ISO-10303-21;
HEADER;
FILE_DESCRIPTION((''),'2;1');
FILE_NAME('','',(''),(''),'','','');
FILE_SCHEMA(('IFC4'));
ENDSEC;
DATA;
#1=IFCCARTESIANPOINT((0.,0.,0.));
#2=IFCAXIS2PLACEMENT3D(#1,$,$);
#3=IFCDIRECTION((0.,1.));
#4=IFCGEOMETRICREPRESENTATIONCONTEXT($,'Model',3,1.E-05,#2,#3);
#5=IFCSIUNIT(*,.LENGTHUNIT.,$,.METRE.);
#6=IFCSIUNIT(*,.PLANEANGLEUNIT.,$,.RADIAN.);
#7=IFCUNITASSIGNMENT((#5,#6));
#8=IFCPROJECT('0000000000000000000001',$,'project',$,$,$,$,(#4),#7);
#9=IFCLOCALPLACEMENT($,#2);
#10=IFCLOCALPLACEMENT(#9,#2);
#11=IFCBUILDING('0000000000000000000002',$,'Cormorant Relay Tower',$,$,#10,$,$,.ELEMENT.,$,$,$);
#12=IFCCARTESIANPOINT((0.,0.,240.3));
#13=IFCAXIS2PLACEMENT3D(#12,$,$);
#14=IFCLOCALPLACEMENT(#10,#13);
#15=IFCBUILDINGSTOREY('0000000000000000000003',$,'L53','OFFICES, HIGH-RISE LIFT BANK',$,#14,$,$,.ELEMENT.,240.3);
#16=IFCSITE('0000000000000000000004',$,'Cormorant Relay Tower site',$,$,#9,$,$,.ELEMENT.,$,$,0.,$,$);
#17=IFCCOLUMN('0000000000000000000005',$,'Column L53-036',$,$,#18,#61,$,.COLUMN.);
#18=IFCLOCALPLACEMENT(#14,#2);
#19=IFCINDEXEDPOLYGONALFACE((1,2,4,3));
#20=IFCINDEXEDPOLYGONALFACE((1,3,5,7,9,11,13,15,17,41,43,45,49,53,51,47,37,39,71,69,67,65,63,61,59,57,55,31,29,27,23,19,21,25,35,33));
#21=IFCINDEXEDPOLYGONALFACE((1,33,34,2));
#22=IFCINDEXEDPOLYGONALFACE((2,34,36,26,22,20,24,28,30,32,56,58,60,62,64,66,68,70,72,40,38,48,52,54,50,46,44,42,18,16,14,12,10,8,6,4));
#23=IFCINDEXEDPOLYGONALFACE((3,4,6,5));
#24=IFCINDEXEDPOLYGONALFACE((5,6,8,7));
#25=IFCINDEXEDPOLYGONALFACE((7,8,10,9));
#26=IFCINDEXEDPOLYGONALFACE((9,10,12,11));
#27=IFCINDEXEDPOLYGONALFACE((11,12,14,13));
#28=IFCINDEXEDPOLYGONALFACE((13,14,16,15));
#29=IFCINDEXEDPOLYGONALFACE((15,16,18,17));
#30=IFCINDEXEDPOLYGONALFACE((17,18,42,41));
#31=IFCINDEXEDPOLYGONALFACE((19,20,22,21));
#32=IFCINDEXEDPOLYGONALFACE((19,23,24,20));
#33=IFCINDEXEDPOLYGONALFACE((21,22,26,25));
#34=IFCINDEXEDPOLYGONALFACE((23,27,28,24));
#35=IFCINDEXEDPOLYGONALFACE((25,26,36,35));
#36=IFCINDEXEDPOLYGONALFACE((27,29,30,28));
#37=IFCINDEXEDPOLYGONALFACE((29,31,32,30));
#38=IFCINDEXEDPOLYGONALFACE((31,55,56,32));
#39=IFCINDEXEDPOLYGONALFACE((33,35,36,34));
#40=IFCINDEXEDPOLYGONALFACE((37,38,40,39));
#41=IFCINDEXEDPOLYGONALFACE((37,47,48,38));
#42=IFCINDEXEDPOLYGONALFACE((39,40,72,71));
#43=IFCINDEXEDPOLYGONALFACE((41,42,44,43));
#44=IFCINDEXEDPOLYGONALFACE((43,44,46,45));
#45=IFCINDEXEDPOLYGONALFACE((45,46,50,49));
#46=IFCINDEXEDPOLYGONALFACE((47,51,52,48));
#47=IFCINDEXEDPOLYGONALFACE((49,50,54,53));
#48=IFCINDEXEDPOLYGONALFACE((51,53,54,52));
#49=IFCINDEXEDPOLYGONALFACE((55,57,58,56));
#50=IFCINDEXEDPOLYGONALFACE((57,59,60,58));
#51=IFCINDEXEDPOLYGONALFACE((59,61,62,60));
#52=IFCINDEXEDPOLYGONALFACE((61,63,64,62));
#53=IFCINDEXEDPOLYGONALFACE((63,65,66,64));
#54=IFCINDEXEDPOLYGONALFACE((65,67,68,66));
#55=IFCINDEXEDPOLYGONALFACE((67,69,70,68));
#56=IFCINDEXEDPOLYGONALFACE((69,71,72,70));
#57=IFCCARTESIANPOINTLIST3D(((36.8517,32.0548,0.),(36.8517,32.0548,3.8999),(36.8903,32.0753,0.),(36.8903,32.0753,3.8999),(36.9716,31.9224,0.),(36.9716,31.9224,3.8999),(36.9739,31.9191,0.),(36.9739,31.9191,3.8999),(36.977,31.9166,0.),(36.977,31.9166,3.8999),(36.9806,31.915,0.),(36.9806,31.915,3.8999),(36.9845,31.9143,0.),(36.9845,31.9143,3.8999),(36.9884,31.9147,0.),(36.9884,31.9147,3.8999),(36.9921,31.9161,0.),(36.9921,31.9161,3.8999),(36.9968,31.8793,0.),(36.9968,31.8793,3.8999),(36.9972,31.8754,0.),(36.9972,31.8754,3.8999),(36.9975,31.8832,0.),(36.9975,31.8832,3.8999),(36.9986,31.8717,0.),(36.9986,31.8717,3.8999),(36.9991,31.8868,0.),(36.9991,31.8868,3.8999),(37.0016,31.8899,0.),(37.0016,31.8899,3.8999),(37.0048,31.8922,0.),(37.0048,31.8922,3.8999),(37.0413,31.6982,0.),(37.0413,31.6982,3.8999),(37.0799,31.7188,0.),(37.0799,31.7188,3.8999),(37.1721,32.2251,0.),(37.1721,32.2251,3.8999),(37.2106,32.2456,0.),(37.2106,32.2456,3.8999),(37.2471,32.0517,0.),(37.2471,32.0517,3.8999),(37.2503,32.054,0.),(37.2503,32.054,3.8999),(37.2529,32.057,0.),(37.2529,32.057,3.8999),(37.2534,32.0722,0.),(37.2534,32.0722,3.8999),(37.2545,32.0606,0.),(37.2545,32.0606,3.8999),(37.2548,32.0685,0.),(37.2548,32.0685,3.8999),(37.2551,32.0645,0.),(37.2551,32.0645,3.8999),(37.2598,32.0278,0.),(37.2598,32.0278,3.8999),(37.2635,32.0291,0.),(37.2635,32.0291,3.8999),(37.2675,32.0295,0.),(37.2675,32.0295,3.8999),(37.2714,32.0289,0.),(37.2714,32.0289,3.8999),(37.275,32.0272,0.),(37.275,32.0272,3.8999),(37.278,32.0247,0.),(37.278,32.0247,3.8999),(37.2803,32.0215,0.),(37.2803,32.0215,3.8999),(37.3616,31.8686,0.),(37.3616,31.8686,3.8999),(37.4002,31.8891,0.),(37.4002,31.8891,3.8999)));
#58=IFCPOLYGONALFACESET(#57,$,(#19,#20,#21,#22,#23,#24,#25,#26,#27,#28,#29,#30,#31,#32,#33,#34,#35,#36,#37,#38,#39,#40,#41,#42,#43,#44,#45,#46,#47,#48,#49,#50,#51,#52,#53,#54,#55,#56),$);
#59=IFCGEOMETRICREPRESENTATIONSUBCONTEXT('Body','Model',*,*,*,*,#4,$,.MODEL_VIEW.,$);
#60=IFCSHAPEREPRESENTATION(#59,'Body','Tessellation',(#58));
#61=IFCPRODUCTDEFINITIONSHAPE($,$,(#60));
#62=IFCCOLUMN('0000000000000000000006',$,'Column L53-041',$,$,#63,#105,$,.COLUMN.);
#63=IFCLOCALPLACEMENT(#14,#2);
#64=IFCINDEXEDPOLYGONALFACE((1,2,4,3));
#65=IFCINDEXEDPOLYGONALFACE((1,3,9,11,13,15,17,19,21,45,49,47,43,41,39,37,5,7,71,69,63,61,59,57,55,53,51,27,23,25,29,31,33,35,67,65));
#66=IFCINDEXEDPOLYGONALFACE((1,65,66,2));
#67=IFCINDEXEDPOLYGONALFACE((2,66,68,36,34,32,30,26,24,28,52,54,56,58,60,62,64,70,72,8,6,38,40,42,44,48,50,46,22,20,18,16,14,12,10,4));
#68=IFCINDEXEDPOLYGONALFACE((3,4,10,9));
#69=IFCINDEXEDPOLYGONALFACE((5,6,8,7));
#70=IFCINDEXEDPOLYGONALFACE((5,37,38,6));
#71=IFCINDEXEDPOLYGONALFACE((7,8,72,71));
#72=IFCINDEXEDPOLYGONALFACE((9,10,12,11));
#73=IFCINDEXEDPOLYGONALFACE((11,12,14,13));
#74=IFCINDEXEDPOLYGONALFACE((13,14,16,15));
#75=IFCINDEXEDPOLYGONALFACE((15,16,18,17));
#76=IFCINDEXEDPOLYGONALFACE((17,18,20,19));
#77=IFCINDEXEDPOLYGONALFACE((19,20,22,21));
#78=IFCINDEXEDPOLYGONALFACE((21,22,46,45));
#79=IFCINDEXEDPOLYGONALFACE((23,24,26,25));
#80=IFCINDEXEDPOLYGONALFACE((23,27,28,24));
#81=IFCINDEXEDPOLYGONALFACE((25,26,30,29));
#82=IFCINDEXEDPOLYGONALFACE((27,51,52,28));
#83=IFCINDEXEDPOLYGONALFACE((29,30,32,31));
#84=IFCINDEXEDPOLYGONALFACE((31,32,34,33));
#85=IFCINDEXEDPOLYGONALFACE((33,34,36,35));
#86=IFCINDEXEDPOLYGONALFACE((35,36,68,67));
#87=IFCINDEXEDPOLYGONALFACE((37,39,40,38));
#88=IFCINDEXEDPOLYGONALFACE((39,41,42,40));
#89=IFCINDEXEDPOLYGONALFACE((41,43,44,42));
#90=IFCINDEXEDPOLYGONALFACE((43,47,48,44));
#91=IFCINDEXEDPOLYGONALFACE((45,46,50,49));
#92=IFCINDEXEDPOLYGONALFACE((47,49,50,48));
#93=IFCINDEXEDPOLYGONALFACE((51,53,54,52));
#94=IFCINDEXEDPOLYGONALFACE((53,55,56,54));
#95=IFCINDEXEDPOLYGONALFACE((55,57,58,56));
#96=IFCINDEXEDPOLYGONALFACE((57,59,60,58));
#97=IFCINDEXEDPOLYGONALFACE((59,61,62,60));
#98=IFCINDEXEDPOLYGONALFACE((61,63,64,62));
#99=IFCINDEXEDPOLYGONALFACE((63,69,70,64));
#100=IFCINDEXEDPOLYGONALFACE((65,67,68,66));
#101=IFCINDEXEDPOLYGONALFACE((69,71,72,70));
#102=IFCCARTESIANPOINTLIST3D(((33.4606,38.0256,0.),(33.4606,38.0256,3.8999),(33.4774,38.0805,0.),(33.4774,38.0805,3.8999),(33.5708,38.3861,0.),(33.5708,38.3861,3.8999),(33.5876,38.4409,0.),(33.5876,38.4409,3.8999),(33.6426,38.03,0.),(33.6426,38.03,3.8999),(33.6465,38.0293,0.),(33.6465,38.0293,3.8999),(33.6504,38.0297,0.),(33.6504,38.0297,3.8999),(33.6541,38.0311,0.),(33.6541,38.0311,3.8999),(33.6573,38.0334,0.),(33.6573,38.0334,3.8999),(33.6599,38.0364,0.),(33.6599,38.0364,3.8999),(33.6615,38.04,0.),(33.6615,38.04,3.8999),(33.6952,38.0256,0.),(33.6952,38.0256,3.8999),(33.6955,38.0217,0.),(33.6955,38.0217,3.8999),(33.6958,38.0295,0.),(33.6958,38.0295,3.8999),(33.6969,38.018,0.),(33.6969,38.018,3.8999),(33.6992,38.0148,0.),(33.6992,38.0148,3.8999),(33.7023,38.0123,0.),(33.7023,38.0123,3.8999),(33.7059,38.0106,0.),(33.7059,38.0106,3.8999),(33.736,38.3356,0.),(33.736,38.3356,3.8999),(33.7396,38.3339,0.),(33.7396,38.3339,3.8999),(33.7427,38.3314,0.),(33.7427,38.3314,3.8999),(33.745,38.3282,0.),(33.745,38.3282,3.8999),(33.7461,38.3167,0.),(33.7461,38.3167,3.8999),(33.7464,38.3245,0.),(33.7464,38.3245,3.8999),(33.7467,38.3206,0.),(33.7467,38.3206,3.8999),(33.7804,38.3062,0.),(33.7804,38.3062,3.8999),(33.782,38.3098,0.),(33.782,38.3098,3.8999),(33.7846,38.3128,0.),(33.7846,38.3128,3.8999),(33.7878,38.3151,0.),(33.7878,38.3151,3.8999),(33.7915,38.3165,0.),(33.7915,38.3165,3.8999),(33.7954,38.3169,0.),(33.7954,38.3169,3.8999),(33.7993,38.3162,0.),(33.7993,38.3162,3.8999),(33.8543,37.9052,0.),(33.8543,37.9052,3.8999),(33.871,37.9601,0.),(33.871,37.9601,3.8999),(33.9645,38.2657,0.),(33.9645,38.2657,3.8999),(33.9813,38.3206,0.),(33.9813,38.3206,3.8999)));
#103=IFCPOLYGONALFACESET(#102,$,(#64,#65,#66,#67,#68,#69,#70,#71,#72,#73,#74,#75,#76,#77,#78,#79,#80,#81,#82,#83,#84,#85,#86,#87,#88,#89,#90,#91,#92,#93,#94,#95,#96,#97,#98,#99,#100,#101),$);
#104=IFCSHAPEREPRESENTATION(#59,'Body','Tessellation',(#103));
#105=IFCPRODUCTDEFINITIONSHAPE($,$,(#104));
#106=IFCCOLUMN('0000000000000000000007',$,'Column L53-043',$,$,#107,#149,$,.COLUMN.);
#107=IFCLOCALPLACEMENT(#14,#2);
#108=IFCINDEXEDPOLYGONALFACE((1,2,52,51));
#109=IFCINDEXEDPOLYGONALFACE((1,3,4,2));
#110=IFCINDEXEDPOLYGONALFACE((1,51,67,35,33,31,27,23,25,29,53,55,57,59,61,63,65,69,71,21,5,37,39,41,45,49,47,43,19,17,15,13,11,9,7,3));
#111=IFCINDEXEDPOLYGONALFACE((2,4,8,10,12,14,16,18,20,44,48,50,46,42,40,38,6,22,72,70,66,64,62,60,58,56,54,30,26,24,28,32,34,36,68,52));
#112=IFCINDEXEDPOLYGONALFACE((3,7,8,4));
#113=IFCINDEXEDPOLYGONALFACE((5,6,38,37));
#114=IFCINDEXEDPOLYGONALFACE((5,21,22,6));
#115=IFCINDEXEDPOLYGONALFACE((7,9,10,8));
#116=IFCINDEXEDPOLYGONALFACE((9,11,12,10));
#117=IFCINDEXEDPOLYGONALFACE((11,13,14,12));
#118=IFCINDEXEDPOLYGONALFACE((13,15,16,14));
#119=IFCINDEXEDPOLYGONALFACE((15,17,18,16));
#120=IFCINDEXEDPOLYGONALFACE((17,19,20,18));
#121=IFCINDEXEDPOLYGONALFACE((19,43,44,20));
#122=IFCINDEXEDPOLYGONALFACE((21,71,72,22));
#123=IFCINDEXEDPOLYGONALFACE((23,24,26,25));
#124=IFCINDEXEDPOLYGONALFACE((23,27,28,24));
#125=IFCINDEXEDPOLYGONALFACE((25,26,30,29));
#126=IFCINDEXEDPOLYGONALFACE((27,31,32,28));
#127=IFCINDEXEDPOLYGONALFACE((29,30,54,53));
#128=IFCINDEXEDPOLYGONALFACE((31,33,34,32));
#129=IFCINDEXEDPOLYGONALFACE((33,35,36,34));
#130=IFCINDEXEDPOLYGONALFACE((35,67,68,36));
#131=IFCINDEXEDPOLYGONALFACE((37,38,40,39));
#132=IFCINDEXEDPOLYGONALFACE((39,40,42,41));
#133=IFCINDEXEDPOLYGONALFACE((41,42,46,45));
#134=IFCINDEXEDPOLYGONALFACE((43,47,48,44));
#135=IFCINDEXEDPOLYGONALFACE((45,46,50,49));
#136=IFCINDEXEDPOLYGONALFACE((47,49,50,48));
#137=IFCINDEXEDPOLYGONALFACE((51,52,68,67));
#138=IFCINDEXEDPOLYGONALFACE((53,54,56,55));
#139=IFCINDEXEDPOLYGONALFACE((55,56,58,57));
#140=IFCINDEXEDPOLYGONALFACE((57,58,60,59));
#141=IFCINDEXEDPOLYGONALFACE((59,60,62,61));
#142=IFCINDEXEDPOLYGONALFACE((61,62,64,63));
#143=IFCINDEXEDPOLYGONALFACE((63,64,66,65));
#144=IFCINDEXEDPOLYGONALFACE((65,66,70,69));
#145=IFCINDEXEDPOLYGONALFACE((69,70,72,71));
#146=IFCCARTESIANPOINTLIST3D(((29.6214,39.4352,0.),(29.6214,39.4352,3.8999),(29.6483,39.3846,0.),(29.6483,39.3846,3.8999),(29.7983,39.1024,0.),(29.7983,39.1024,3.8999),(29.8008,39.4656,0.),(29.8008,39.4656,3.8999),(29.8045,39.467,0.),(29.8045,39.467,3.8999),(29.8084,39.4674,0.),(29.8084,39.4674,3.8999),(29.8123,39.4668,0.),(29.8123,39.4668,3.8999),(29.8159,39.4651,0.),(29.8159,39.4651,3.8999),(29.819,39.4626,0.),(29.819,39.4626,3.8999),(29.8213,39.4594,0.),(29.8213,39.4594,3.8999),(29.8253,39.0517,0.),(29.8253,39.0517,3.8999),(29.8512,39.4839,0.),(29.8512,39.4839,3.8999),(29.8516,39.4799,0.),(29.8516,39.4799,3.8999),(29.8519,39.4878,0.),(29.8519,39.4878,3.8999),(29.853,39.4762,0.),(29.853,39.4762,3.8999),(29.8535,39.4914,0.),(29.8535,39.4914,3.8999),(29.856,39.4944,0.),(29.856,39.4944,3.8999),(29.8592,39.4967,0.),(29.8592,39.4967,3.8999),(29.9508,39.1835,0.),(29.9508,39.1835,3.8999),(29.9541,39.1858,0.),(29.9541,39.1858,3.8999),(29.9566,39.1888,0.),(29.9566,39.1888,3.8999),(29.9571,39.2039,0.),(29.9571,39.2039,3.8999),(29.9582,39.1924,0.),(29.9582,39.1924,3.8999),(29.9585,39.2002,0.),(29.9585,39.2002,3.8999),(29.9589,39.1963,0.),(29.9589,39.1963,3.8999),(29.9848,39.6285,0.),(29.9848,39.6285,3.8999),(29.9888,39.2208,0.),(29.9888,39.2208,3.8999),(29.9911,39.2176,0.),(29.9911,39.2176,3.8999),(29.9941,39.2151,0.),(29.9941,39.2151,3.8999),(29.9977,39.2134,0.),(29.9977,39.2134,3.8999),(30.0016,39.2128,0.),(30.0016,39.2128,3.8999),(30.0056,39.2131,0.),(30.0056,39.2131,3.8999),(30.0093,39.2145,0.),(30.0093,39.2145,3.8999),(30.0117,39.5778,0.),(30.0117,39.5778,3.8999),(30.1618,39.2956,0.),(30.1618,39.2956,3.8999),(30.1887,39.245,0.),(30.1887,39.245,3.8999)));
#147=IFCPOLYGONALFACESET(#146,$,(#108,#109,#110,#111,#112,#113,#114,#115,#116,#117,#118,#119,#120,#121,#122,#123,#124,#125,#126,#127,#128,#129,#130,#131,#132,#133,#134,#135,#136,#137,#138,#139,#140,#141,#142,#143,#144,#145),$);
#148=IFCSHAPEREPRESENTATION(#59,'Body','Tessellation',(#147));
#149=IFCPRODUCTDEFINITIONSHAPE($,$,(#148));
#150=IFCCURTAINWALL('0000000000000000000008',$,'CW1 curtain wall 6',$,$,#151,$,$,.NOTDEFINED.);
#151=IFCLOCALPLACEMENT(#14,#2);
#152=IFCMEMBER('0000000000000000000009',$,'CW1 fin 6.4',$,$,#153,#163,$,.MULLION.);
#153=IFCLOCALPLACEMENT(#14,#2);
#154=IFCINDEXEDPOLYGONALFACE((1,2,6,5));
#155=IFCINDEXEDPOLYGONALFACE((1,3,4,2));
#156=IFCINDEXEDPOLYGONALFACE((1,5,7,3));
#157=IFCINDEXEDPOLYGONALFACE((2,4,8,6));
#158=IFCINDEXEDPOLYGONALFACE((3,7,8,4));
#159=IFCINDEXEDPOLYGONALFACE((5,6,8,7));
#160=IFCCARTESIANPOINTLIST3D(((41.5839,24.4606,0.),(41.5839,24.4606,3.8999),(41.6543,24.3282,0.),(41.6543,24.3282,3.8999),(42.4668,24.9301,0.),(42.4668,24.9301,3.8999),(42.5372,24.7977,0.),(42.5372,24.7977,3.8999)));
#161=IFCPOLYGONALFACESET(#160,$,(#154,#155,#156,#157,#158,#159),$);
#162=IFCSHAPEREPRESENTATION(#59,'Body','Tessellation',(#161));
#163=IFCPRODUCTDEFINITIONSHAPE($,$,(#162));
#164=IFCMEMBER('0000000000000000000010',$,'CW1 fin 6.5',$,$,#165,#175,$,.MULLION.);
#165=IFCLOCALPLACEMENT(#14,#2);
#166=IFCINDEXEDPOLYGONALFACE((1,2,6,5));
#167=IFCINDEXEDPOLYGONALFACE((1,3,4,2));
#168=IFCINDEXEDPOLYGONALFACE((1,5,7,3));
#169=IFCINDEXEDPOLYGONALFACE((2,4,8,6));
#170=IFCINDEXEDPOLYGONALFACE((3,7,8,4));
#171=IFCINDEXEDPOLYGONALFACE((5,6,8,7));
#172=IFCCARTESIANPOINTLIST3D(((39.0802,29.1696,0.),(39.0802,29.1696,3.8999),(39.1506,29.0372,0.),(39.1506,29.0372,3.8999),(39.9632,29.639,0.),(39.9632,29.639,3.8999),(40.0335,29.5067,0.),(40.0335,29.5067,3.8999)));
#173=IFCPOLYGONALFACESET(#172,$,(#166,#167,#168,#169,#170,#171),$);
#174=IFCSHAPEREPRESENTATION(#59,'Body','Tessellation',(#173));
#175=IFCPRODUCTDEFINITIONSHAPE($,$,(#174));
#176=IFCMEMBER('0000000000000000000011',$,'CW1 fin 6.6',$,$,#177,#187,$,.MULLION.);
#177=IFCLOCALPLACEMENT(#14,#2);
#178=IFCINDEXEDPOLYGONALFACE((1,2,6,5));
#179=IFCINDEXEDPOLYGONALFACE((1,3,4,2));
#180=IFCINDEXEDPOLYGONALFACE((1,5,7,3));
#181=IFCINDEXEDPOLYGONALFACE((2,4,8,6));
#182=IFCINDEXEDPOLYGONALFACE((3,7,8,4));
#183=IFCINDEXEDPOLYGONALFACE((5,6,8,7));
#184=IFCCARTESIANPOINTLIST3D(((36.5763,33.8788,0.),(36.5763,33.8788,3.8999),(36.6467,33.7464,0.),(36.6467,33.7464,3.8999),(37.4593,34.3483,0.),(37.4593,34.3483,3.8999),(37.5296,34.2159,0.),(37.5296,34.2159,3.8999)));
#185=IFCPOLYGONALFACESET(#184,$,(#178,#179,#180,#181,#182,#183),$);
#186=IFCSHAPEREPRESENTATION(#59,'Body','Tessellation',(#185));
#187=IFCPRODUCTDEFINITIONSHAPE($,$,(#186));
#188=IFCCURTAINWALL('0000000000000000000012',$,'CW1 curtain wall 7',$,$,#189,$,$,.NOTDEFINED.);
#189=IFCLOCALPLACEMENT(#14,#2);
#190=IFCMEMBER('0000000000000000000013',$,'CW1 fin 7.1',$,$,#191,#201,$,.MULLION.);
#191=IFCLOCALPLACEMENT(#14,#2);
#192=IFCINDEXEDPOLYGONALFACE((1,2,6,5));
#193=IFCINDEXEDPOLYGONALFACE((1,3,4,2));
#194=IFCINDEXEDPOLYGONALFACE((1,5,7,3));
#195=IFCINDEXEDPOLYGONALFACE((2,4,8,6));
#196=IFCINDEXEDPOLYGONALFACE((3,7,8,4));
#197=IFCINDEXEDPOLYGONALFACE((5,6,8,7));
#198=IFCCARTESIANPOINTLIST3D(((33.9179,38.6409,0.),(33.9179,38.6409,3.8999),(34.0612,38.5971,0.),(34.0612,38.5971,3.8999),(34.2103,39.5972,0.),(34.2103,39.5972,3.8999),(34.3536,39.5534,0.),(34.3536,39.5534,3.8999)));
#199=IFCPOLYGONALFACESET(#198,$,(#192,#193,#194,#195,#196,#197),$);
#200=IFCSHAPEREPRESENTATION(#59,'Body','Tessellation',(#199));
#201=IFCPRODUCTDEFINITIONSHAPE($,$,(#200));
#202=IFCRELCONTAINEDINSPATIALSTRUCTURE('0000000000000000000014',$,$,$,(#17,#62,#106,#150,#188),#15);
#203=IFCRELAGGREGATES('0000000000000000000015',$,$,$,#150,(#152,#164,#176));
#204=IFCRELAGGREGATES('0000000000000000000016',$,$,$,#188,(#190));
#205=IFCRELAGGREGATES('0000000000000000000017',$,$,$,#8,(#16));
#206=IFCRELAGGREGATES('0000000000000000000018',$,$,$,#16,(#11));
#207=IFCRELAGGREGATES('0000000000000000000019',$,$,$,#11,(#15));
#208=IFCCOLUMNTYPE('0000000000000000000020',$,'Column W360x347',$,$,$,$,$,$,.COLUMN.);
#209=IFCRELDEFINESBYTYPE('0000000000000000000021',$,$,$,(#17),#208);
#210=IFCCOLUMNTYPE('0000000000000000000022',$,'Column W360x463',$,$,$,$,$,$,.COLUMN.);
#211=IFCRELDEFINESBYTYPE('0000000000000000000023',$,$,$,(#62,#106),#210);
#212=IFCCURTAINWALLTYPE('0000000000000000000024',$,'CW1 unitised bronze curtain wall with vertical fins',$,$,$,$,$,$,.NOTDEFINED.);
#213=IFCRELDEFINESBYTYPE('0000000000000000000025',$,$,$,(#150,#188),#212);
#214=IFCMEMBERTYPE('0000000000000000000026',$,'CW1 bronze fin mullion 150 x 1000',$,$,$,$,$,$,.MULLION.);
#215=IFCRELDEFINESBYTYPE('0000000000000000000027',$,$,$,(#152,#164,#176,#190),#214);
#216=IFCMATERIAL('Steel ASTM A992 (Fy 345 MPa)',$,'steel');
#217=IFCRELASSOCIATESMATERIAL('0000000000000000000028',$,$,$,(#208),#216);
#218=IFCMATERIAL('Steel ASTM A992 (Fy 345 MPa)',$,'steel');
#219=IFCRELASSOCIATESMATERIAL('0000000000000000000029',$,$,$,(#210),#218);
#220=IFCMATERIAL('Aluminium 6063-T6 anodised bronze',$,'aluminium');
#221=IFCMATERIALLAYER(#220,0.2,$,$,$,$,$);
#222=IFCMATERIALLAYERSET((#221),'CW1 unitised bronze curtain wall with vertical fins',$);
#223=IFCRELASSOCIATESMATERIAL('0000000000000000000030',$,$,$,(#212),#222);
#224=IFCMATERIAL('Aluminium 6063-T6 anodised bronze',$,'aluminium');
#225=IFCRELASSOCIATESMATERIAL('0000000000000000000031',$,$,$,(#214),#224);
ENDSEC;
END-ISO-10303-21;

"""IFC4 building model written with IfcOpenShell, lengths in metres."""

from ifc_helpers import new_model, si_unit, direction, frame, origin, origin_2d, place, context, subcontext, project, spatial, rectangle, i_section, extrude, material, layer, layer_set, material_profile, profile_set, type_object, element, aggregate, save


model = new_model("IFC4")

# Units and contexts
model_context = context("Model", 3, precision=1e-05, world=origin(), true_north=direction((0.0, 1.0)))
body_context = subcontext(model_context, "Body", "Model", "MODEL_VIEW")
ifc_project = project(units=[si_unit("LENGTHUNIT", "METRE"), si_unit("PLANEANGLEUNIT", "RADIAN")], contexts=[model_context])

# Site, building, storey
site_placement = place(None, origin())
site = spatial("IfcSite", under=ifc_project, at=site_placement, Name="Cormorant Relay Tower site", CompositionType="ELEMENT", RefElevation=0.0)
building_placement = place(site_placement, origin())
building = spatial("IfcBuilding", under=site, at=building_placement, Name="Cormorant Relay Tower", CompositionType="ELEMENT")
storey_placement = place(building_placement, frame((0.0, 0.0, 240.3)))
storey = spatial("IfcBuildingStorey", under=building, at=storey_placement, Name="L53", Description="OFFICES, HIGH-RISE LIFT BANK", CompositionType="ELEMENT", Elevation=240.3)

# Columns
ifc_material_1 = material(Name="Steel ASTM A992 (Fy 345 MPa)", Category="steel")
ifc_material_profile_1 = material_profile(ifc_material_1, i_section(OverallWidth=0.4038, OverallDepth=0.4065, WebThickness=0.0271, FlangeThickness=0.0437, FilletRadius=0.0151, at=origin_2d()), Name="W360x347")
ifc_profile_set_1 = profile_set([ifc_material_profile_1], Name="Steel ASTM A992 (Fy 345 MPa)")
column_type_1 = type_object("IfcColumnType", Name="Column W360x347", PredefinedType="COLUMN", material=ifc_profile_set_1)
column_placement = place(storey_placement, frame((37.126, 31.9719, 0.0), z_axis=(0.0, 0.0, 1.0), x_axis=(-0.469472, 0.882948, 0.0)))
element("IfcColumn", 1, at=column_placement, inside=storey, type_object=column_type_1, Name="Column L53-036", PredefinedType="COLUMN", context=body_context, shape_type="SweptSolid", body=[
    extrude(i_section(OverallWidth=0.4038, OverallDepth=0.4065, WebThickness=0.0271, FlangeThickness=0.0437, FilletRadius=0.0151, at=origin_2d()), origin(), (0.0, 0.0, 1.0), 3.8999),
])
ifc_material_2 = material(Name="Steel ASTM A992 (Fy 345 MPa)", Category="steel")
ifc_material_profile_2 = material_profile(ifc_material_2, i_section(OverallWidth=0.4116, OverallDepth=0.4343, WebThickness=0.0359, FlangeThickness=0.0574, FilletRadius=0.0151, at=origin_2d()), Name="W360x463")
ifc_profile_set_2 = profile_set([ifc_material_profile_2], Name="Steel ASTM A992 (Fy 345 MPa)")
column_type_2 = type_object("IfcColumnType", Name="Column W360x463", PredefinedType="COLUMN", material=ifc_profile_set_2)
for number, where, z_axis, x_axis, name in (
    (2, (33.7209, 38.1731, 0.0), (0.0, 0.0, 1.0), (-0.956305, 0.292372, 0.0), "Column L53-041"),
    (3, (29.905, 39.3401, 0.0), (0.0, 0.0, 1.0), (-0.882948, -0.469472, 0.0), "Column L53-043"),
):
    element("IfcColumn", number, at=place(storey_placement, frame(where, z_axis=z_axis, x_axis=x_axis)), inside=storey, type_object=column_type_2, Name=name, PredefinedType="COLUMN", context=body_context, shape_type="SweptSolid", body=[
        extrude(i_section(OverallWidth=0.4116, OverallDepth=0.4343, WebThickness=0.0359, FlangeThickness=0.0574, FilletRadius=0.0151, at=origin_2d()), origin(), (0.0, 0.0, 1.0), 3.8999),
    ])

# Curtain wall, members
ifc_material_3 = material(Name="Aluminium 6063-T6 anodised bronze", Category="aluminium")
ifc_layer_1 = layer(ifc_material_3, 0.2)
ifc_layer_set_1 = layer_set([ifc_layer_1], Name="CW1 unitised bronze curtain wall with vertical fins")
curtain_wall_type = type_object("IfcCurtainWallType", Name="CW1 unitised bronze curtain wall with vertical fins", PredefinedType="NOTDEFINED", material=ifc_layer_set_1)
curtain_wall_1_placement = place(storey_placement, origin())
curtain_wall_1 = element("IfcCurtainWall", 4, at=curtain_wall_1_placement, inside=storey, type_object=curtain_wall_type, Name="CW1 curtain wall 6", PredefinedType="NOTDEFINED")
ifc_material_4 = material(Name="Aluminium 6063-T6 anodised bronze", Category="aluminium")
ifc_material_profile_3 = material_profile(ifc_material_4, rectangle(XDim=0.1499, YDim=1.0, at=origin_2d()), Name="AL 150x1000")
ifc_profile_set_3 = profile_set([ifc_material_profile_3], Name="Aluminium 6063-T6 anodised bronze")
member_type_1 = type_object("IfcMemberType", Name="CW1 bronze fin mullion 150 x 1000", PredefinedType="MULLION", material=ifc_profile_set_3)
member_1_placement = place(storey_placement, frame((42.0605, 24.6292, 0.0), z_axis=(0.0, 0.0, 1.0), x_axis=(-0.469472, 0.882948, 0.0)))
member_1 = element("IfcMember", 5, at=member_1_placement, type_object=member_type_1, Name="CW1 fin 6.4", PredefinedType="MULLION", context=body_context, shape_type="SweptSolid", body=[
    extrude(rectangle(XDim=0.1499, YDim=1.0, at=origin_2d()), origin(), (0.0, 0.0, 1.0), 3.8999),
])
member_2_placement = place(storey_placement, frame((39.5569, 29.3381, 0.0), z_axis=(0.0, 0.0, 1.0), x_axis=(-0.469472, 0.882948, 0.0)))
member_2 = element("IfcMember", 6, at=member_2_placement, type_object=member_type_1, Name="CW1 fin 6.5", PredefinedType="MULLION", context=body_context, shape_type="SweptSolid", body=[
    extrude(rectangle(XDim=0.1499, YDim=1.0, at=origin_2d()), origin(), (0.0, 0.0, 1.0), 3.8999),
])
member_3_placement = place(storey_placement, frame((37.053, 34.0474, 0.0), z_axis=(0.0, 0.0, 1.0), x_axis=(-0.469472, 0.882948, 0.0)))
member_3 = element("IfcMember", 7, at=member_3_placement, type_object=member_type_1, Name="CW1 fin 6.6", PredefinedType="MULLION", context=body_context, shape_type="SweptSolid", body=[
    extrude(rectangle(XDim=0.1499, YDim=1.0, at=origin_2d()), origin(), (0.0, 0.0, 1.0), 3.8999),
])

# Curtain wall, member
curtain_wall_2_placement = place(storey_placement, origin())
curtain_wall_2 = element("IfcCurtainWall", 8, at=curtain_wall_2_placement, inside=storey, type_object=curtain_wall_type, Name="CW1 curtain wall 7", PredefinedType="NOTDEFINED")
member_4_placement = place(storey_placement, frame((34.1357, 39.0972, 0.0), z_axis=(0.0, 0.0, 1.0), x_axis=(-0.956305, 0.292372, 0.0)))
member_4 = element("IfcMember", 9, at=member_4_placement, type_object=member_type_1, Name="CW1 fin 7.1", PredefinedType="MULLION", context=body_context, shape_type="SweptSolid", body=[
    extrude(rectangle(XDim=0.1499, YDim=1.0, at=origin_2d()), origin(), (0.0, 0.0, 1.0), 3.8999),
])

aggregate(curtain_wall_1, [member_1, member_2, member_3])
aggregate(curtain_wall_2, [member_4])

save(model, "model.ifc")
